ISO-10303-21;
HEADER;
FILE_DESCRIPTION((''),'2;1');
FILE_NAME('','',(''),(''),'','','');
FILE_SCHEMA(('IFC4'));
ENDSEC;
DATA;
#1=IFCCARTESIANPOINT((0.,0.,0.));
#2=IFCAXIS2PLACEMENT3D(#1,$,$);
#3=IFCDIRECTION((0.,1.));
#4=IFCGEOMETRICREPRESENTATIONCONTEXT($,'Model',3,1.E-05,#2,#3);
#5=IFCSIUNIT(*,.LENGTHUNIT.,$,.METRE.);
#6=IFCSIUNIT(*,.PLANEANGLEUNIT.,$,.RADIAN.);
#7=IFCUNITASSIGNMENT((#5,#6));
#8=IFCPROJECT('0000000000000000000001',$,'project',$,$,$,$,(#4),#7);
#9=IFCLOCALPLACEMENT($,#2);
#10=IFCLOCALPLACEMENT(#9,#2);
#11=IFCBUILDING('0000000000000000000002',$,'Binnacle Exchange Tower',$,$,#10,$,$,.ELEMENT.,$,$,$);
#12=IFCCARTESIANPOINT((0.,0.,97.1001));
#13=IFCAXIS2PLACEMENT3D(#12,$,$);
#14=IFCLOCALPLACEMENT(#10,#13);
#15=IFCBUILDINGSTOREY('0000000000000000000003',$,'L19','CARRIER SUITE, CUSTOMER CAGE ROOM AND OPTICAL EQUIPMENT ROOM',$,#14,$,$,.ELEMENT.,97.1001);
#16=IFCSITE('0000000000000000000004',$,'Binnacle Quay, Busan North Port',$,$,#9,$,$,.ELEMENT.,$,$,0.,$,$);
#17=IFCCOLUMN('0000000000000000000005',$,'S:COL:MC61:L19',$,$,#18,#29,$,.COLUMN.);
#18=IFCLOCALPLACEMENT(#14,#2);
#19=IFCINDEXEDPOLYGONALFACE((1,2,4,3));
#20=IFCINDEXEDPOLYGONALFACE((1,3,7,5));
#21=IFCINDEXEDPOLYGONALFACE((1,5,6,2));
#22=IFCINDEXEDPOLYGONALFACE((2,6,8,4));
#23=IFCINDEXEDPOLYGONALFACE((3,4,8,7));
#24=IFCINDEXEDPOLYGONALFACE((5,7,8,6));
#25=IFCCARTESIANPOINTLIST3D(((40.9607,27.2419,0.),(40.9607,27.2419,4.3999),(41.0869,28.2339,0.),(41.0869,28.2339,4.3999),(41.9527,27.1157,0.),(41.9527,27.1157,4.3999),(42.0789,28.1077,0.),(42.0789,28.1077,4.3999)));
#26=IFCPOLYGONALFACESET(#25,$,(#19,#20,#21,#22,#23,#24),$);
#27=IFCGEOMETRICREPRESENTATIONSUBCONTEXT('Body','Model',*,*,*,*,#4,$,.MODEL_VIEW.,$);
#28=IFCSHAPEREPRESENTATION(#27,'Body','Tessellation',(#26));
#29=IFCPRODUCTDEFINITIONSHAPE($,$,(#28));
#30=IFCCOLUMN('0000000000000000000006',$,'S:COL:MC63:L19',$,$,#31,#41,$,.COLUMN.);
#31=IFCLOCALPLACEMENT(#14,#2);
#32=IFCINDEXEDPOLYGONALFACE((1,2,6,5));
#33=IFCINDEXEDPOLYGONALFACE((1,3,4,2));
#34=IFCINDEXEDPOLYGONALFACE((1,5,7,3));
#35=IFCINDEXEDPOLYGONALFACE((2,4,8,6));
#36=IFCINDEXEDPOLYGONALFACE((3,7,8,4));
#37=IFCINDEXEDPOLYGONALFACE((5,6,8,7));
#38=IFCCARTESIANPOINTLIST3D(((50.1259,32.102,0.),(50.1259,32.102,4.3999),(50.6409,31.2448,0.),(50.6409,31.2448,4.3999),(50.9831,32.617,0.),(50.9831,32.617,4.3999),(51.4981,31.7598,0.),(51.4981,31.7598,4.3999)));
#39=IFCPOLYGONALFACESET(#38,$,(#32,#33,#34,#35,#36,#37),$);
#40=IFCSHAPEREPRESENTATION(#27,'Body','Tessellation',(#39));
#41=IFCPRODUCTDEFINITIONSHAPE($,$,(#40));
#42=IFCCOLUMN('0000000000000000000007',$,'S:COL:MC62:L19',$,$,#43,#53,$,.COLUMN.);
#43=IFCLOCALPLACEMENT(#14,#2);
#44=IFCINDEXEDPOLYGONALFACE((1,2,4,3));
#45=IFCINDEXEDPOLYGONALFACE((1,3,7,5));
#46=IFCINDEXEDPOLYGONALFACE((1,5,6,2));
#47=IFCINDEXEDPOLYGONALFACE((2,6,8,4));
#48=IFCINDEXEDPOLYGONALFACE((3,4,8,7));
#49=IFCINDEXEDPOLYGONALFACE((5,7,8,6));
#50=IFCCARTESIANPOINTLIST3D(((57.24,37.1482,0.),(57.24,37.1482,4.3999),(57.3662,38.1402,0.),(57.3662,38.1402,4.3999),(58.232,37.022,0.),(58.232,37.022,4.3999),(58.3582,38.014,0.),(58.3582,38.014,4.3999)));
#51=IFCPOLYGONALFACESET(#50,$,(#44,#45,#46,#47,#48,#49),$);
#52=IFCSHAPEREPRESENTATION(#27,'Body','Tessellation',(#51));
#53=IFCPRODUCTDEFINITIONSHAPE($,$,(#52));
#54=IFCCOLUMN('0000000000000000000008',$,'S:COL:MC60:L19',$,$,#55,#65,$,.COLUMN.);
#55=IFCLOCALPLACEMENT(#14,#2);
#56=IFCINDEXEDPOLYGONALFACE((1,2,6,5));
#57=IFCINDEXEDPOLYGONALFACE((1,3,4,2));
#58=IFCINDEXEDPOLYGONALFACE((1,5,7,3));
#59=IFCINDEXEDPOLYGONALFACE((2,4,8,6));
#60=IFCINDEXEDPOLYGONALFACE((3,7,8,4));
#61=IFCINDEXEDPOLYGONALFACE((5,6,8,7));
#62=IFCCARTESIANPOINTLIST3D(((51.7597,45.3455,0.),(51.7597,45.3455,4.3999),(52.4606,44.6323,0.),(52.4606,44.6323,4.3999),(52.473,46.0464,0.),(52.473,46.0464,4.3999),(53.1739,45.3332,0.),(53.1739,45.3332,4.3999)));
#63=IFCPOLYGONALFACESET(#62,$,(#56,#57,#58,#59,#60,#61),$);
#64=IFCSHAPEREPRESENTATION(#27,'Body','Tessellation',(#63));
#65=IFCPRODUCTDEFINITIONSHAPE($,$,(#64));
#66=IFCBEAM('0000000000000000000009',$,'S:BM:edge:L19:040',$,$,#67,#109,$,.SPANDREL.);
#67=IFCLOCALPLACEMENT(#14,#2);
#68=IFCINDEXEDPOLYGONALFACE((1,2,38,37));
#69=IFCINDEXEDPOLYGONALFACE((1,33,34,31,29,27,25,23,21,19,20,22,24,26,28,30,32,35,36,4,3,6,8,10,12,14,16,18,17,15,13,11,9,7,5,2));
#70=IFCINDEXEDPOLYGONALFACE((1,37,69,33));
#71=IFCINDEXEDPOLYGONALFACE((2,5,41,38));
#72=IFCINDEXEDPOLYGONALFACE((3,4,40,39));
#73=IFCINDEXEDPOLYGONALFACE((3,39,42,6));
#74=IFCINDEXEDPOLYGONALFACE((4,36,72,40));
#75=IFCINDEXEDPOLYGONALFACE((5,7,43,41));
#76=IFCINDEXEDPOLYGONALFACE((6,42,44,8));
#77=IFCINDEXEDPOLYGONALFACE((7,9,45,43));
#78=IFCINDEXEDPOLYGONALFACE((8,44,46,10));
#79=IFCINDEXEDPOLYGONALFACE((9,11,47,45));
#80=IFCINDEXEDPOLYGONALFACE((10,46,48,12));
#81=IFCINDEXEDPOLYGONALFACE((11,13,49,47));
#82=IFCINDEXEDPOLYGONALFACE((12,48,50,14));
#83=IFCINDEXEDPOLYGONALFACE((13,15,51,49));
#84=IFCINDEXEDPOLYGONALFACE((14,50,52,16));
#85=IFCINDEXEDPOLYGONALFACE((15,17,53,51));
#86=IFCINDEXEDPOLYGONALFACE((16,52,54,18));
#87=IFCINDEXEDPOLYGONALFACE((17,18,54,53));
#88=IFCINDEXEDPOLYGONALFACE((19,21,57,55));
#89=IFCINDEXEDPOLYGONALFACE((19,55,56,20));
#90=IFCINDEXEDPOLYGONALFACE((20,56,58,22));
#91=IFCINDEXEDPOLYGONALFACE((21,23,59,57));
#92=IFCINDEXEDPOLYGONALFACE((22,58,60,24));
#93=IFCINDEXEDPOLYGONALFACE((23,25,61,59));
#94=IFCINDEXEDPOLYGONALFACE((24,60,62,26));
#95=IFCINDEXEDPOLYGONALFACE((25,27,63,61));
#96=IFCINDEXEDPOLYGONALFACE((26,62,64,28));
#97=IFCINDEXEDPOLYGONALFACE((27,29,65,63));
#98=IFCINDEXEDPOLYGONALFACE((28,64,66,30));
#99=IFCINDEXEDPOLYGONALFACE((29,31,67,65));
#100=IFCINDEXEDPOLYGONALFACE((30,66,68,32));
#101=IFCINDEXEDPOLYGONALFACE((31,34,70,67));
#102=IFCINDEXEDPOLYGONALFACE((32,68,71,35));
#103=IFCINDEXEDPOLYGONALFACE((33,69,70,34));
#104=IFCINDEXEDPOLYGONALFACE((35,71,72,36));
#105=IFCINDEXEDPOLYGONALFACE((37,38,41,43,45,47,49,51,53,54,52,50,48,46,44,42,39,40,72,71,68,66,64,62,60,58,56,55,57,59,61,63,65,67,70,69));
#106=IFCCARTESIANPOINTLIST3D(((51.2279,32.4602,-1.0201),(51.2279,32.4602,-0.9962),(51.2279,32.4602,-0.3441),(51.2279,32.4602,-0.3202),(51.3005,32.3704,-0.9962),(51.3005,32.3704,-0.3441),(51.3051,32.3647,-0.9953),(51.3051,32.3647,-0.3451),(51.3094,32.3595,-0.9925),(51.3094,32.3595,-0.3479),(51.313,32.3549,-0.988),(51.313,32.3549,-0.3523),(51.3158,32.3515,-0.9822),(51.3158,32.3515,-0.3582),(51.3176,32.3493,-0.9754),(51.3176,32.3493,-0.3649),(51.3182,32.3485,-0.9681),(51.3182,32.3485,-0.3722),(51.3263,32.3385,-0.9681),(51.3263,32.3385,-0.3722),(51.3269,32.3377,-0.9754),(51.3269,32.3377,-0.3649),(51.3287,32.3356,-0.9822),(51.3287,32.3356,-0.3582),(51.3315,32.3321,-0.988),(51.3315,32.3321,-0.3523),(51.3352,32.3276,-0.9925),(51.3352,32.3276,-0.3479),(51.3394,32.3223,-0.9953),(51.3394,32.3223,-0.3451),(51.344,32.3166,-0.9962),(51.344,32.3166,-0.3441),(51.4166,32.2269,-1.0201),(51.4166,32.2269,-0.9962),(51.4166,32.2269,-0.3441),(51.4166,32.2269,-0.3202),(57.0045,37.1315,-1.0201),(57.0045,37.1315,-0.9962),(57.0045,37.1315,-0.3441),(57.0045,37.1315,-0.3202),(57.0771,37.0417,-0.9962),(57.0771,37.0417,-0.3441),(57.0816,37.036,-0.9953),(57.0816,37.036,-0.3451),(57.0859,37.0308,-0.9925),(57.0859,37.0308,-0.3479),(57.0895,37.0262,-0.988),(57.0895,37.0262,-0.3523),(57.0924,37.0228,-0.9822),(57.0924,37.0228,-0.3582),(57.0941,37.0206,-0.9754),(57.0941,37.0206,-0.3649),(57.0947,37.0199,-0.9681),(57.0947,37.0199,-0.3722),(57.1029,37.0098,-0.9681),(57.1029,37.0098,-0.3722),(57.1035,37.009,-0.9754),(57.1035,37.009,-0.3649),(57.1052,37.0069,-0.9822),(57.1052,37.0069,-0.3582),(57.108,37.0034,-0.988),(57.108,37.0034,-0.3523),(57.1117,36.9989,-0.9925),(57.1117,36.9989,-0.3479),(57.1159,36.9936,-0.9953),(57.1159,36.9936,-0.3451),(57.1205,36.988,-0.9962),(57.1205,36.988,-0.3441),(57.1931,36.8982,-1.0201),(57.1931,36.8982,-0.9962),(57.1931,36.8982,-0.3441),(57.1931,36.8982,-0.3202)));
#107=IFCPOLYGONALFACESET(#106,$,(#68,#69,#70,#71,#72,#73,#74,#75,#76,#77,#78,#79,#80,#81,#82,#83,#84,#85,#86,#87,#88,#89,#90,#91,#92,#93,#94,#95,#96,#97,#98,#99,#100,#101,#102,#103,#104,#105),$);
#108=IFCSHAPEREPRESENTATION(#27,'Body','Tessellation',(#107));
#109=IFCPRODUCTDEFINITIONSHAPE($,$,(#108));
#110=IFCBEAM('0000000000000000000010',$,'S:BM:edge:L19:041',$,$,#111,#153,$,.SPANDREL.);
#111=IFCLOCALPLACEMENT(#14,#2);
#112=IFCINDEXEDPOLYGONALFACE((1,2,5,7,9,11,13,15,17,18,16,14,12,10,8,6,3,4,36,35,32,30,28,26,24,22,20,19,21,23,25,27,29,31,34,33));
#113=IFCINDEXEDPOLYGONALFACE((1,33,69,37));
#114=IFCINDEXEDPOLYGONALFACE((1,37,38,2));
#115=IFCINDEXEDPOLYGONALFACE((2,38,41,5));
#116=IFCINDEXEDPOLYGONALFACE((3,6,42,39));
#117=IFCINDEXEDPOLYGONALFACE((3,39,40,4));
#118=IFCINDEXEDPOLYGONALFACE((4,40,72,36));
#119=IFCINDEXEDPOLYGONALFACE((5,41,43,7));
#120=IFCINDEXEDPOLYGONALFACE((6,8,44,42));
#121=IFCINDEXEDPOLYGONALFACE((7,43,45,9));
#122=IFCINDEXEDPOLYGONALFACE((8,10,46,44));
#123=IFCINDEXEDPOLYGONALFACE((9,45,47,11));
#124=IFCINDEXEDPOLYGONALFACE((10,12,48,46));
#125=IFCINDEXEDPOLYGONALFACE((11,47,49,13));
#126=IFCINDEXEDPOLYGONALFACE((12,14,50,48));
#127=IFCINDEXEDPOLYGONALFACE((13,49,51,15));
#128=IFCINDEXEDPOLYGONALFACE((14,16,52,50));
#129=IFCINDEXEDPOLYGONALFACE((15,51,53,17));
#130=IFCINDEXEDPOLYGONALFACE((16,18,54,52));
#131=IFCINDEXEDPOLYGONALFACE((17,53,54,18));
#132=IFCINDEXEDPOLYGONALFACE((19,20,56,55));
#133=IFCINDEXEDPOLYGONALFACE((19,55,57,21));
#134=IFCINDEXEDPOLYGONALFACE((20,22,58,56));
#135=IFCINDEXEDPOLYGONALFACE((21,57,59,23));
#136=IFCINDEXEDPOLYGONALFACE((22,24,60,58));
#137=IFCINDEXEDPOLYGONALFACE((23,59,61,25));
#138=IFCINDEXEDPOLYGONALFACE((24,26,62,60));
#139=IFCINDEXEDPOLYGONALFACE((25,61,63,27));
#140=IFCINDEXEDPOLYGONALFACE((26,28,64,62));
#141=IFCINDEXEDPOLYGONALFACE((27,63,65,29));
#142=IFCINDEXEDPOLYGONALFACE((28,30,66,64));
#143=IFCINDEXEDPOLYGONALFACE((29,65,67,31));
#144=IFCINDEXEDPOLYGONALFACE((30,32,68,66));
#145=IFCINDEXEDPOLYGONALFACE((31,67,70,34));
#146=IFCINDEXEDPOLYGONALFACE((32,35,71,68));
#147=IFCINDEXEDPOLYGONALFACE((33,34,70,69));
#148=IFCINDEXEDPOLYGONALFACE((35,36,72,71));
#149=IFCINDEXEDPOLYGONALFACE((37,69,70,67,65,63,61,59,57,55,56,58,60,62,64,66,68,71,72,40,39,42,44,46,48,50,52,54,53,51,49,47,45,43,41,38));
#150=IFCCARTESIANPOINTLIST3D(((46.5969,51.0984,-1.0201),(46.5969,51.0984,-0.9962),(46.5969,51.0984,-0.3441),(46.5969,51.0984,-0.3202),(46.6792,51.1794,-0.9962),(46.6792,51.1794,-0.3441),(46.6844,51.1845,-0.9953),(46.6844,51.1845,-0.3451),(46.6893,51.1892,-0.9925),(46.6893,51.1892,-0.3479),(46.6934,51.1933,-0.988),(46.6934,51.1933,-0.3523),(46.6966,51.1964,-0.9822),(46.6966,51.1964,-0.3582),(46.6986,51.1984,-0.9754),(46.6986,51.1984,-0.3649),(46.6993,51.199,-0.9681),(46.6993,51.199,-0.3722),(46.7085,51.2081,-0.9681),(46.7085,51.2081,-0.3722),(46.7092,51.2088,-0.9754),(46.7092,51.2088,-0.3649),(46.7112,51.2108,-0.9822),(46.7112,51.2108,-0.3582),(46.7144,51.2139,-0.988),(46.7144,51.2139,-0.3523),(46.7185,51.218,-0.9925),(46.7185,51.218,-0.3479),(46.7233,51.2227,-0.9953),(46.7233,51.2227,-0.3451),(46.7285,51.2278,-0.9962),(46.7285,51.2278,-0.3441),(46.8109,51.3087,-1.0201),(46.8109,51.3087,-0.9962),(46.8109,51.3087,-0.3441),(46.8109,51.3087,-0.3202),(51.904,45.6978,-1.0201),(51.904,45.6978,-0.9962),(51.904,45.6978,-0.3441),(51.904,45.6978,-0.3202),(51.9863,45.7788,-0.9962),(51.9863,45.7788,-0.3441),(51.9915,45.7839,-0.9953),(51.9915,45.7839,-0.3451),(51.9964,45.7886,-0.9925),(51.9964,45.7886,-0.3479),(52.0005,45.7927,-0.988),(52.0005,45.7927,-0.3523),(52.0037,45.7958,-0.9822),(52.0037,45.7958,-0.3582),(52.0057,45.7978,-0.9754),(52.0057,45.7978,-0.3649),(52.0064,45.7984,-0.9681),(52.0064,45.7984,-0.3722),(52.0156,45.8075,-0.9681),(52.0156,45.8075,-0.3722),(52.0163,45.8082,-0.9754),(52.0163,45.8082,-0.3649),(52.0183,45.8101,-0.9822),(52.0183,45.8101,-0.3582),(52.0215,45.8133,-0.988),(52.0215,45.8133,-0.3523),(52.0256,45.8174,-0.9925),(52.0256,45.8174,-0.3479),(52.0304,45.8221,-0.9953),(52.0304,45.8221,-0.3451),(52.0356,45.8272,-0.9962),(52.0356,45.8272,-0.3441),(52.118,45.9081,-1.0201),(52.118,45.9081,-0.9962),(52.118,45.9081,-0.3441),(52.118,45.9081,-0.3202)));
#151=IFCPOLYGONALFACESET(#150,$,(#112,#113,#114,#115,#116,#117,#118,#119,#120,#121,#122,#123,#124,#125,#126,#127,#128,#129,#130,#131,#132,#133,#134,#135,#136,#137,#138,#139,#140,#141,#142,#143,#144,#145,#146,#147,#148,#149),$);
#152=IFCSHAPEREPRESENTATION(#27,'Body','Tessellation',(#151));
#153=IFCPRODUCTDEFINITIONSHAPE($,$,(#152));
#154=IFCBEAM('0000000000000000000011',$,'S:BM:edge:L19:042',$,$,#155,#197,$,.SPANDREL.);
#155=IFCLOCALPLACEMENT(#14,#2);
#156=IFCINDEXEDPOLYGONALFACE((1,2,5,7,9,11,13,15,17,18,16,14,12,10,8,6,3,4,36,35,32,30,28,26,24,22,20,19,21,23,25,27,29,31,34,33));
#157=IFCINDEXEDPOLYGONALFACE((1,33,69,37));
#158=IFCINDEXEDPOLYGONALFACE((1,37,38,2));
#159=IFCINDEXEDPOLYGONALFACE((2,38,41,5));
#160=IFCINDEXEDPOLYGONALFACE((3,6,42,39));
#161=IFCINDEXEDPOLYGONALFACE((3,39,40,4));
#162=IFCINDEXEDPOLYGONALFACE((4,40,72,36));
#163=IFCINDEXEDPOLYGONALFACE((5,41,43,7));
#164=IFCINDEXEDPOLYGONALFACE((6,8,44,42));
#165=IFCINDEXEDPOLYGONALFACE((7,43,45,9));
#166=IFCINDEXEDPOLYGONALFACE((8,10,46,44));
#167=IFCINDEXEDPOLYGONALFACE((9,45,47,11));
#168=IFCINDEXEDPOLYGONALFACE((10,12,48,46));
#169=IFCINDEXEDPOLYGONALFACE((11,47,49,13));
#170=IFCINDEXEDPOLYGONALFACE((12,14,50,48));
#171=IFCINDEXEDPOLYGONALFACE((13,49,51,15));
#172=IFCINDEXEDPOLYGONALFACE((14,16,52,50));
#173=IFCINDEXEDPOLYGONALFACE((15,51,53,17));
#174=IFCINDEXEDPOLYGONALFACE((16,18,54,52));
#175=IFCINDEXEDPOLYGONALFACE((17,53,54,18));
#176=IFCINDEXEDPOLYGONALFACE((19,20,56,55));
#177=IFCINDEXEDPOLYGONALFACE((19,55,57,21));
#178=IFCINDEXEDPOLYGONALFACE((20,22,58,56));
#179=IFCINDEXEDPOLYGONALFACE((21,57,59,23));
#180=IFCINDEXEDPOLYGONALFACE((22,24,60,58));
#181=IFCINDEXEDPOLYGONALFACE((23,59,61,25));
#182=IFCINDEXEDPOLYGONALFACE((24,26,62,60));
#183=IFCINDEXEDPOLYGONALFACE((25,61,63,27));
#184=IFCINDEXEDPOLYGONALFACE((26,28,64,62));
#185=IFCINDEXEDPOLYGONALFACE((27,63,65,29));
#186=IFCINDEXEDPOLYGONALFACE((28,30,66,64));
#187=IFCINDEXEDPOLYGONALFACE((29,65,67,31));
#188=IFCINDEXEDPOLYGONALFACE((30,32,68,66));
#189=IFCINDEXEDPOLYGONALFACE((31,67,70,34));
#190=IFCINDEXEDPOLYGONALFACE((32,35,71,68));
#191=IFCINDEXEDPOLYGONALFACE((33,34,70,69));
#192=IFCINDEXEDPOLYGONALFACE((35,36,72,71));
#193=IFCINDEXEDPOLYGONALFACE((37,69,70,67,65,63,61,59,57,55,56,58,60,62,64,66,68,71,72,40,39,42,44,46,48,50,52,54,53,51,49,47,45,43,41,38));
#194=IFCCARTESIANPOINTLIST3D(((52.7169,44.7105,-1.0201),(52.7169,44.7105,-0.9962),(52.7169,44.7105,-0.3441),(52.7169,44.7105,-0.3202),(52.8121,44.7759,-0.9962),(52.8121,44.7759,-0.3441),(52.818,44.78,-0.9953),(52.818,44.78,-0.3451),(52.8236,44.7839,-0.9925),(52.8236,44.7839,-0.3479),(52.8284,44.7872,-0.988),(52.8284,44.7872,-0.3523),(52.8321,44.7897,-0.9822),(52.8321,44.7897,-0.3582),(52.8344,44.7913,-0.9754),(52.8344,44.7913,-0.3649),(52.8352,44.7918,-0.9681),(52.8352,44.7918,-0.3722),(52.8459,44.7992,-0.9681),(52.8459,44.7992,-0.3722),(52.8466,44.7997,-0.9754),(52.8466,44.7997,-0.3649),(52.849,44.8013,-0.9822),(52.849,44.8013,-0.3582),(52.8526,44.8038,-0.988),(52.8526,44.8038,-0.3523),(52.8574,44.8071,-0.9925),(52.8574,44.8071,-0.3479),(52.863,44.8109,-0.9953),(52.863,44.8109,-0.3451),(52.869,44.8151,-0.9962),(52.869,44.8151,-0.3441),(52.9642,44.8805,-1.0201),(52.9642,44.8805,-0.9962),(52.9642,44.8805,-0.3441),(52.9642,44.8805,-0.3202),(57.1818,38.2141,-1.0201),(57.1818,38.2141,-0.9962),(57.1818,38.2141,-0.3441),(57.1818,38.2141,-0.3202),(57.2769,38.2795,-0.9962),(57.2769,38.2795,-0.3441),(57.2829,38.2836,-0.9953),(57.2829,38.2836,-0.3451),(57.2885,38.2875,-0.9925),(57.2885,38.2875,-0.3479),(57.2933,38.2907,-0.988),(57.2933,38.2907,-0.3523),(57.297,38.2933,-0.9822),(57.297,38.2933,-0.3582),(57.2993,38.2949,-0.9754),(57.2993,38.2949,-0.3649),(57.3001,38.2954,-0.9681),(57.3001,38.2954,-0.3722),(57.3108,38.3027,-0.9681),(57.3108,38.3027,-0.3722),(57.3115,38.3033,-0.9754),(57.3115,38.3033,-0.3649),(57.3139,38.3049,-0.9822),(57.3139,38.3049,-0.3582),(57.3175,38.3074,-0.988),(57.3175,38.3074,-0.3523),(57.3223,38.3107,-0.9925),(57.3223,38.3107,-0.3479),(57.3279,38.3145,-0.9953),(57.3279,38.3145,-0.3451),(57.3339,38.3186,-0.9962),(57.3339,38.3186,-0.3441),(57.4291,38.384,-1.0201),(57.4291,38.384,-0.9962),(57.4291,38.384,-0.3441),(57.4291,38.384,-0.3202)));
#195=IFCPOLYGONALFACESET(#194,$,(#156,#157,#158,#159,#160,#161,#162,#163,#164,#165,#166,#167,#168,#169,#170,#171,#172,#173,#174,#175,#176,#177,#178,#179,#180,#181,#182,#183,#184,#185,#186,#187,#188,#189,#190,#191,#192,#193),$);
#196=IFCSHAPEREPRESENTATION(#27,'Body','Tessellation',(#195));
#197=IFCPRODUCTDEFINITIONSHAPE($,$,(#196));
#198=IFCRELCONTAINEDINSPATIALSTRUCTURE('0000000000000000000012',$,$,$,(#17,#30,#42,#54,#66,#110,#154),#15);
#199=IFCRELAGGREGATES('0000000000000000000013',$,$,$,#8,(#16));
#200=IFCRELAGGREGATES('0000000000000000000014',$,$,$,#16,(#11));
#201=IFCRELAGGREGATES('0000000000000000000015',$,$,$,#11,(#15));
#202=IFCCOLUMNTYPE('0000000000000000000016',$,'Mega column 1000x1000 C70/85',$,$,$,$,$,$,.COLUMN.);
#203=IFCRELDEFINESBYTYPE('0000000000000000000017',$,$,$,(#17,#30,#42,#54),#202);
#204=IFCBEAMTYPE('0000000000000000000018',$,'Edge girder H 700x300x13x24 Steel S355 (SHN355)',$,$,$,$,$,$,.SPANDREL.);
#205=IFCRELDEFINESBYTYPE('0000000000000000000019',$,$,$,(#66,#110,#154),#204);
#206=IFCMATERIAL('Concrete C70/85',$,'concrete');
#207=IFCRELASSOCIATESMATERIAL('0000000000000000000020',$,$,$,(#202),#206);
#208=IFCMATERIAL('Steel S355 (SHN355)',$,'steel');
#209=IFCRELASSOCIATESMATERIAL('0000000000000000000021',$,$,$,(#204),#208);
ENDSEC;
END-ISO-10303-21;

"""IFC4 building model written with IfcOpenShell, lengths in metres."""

from ifc_helpers import new_model, si_unit, direction, frame, origin, origin_2d, place, context, subcontext, project, spatial, rectangle, i_section, extrude, material, material_profile, profile_set, type_object, element, save


model = new_model("IFC4")

# Units and contexts
model_context = context("Model", 3, precision=1e-05, world=origin(), true_north=direction((0.0, 1.0)))
body_context = subcontext(model_context, "Body", "Model", "MODEL_VIEW")
ifc_project = project(units=[si_unit("LENGTHUNIT", "METRE"), si_unit("PLANEANGLEUNIT", "RADIAN")], contexts=[model_context])

# Site, building, storey
site_placement = place(None, origin())
site = spatial("IfcSite", under=ifc_project, at=site_placement, Name="Binnacle Quay, Busan North Port", CompositionType="ELEMENT", RefElevation=0.0)
building_placement = place(site_placement, origin())
building = spatial("IfcBuilding", under=site, at=building_placement, Name="Binnacle Exchange Tower", CompositionType="ELEMENT")
storey_placement = place(building_placement, frame((0.0, 0.0, 97.1001)))
storey = spatial("IfcBuildingStorey", under=building, at=storey_placement, Name="L19", Description="CARRIER SUITE, CUSTOMER CAGE ROOM AND OPTICAL EQUIPMENT ROOM", CompositionType="ELEMENT", Elevation=97.1001)

# Columns
ifc_material_1 = material(Name="Concrete C70/85", Category="concrete")
ifc_material_profile_1 = material_profile(ifc_material_1, rectangle(XDim=1.0, YDim=1.0, at=origin_2d()), Name="Mega column 1000x1000 C70/85")
ifc_profile_set_1 = profile_set([ifc_material_profile_1], Name="Concrete C70/85")
column_type = type_object("IfcColumnType", Name="Mega column 1000x1000 C70/85", PredefinedType="COLUMN", material=ifc_profile_set_1)
for number, where, z_axis, x_axis, name in (
    (1, (41.5198, 27.6748, 0.0), (0.0, 0.0, 1.0), (0.992005, -0.126199, 0.0), "S:COL:MC61:L19"),
    (2, (50.812, 31.9309, 0.0), (0.0, 0.0, 1.0), (0.857167, 0.515038, 0.0), "S:COL:MC63:L19"),
    (3, (57.7991, 37.5811, 0.0), (0.0, 0.0, 1.0), (0.126199, 0.992005, 0.0), "S:COL:MC62:L19"),
    (4, (52.4668, 45.3394, 0.0), (0.0, 0.0, 1.0), (-0.700909, 0.71325, 0.0), "S:COL:MC60:L19"),
):
    element("IfcColumn", number, at=place(storey_placement, frame(where, z_axis=z_axis, x_axis=x_axis)), inside=storey, type_object=column_type, Name=name, PredefinedType="COLUMN", context=body_context, shape_type="SweptSolid", body=[
        extrude(rectangle(XDim=1.0, YDim=1.0, at=origin_2d()), origin(), (0.0, 0.0, 1.0), 4.3999),
    ])

# Beams
ifc_material_2 = material(Name="Steel S355 (SHN355)", Category="steel")
ifc_material_profile_2 = material_profile(ifc_material_2, i_section(OverallWidth=0.3, OverallDepth=0.7, WebThickness=0.0129, FlangeThickness=0.0239, FilletRadius=0.0281, at=origin_2d()), Name="H 700x300x13x24")
ifc_profile_set_2 = profile_set([ifc_material_profile_2], Name="Steel S355 (SHN355)")
beam_type_1 = type_object("IfcBeamType", Name="Edge girder H 700x300x13x24 Steel S355 (SHN355)", PredefinedType="SPANDREL", material=ifc_profile_set_2)
beam_1_placement = place(storey_placement, frame((51.3223, 32.3435, -0.6702), z_axis=(0.777568, 0.628798, 0.0), x_axis=(-0.628798, 0.777568, 0.0)))
element("IfcBeam", 5, at=beam_1_placement, inside=storey, type_object=beam_type_1, Name="S:BM:edge:L19:040", PredefinedType="SPANDREL", context=body_context, shape_type="SweptSolid", body=[
    extrude(i_section(OverallWidth=0.3, OverallDepth=0.7, WebThickness=0.0129, FlangeThickness=0.0239, FilletRadius=0.0281, at=origin_2d()), origin(), (0.0, 0.0, 1.0), 7.429),
])
beam_2_placement = place(storey_placement, frame((52.011, 45.803, -0.6702), z_axis=(-0.700905, 0.713254, 0.0), x_axis=(-0.713254, -0.700905, 0.0)))
element("IfcBeam", 6, at=beam_2_placement, inside=storey, type_object=beam_type_1, Name="S:BM:edge:L19:041", PredefinedType="SPANDREL", context=body_context, shape_type="SweptSolid", body=[
    extrude(i_section(OverallWidth=0.3, OverallDepth=0.7, WebThickness=0.0129, FlangeThickness=0.0239, FilletRadius=0.0281, at=origin_2d()), origin(), (0.0, 0.0, 1.0), 7.5718),
])
beam_3_placement = place(storey_placement, frame((57.3054, 38.2991, -0.6702), z_axis=(-0.566409, 0.824124, 0.0), x_axis=(-0.824124, -0.566409, 0.0)))
element("IfcBeam", 7, at=beam_3_placement, inside=storey, type_object=beam_type_1, Name="S:BM:edge:L19:042", PredefinedType="SPANDREL", context=body_context, shape_type="SweptSolid", body=[
    extrude(i_section(OverallWidth=0.3, OverallDepth=0.7, WebThickness=0.0129, FlangeThickness=0.0239, FilletRadius=0.0281, at=origin_2d()), origin(), (0.0, 0.0, 1.0), 7.8828),
])

save(model, "model.ifc")
